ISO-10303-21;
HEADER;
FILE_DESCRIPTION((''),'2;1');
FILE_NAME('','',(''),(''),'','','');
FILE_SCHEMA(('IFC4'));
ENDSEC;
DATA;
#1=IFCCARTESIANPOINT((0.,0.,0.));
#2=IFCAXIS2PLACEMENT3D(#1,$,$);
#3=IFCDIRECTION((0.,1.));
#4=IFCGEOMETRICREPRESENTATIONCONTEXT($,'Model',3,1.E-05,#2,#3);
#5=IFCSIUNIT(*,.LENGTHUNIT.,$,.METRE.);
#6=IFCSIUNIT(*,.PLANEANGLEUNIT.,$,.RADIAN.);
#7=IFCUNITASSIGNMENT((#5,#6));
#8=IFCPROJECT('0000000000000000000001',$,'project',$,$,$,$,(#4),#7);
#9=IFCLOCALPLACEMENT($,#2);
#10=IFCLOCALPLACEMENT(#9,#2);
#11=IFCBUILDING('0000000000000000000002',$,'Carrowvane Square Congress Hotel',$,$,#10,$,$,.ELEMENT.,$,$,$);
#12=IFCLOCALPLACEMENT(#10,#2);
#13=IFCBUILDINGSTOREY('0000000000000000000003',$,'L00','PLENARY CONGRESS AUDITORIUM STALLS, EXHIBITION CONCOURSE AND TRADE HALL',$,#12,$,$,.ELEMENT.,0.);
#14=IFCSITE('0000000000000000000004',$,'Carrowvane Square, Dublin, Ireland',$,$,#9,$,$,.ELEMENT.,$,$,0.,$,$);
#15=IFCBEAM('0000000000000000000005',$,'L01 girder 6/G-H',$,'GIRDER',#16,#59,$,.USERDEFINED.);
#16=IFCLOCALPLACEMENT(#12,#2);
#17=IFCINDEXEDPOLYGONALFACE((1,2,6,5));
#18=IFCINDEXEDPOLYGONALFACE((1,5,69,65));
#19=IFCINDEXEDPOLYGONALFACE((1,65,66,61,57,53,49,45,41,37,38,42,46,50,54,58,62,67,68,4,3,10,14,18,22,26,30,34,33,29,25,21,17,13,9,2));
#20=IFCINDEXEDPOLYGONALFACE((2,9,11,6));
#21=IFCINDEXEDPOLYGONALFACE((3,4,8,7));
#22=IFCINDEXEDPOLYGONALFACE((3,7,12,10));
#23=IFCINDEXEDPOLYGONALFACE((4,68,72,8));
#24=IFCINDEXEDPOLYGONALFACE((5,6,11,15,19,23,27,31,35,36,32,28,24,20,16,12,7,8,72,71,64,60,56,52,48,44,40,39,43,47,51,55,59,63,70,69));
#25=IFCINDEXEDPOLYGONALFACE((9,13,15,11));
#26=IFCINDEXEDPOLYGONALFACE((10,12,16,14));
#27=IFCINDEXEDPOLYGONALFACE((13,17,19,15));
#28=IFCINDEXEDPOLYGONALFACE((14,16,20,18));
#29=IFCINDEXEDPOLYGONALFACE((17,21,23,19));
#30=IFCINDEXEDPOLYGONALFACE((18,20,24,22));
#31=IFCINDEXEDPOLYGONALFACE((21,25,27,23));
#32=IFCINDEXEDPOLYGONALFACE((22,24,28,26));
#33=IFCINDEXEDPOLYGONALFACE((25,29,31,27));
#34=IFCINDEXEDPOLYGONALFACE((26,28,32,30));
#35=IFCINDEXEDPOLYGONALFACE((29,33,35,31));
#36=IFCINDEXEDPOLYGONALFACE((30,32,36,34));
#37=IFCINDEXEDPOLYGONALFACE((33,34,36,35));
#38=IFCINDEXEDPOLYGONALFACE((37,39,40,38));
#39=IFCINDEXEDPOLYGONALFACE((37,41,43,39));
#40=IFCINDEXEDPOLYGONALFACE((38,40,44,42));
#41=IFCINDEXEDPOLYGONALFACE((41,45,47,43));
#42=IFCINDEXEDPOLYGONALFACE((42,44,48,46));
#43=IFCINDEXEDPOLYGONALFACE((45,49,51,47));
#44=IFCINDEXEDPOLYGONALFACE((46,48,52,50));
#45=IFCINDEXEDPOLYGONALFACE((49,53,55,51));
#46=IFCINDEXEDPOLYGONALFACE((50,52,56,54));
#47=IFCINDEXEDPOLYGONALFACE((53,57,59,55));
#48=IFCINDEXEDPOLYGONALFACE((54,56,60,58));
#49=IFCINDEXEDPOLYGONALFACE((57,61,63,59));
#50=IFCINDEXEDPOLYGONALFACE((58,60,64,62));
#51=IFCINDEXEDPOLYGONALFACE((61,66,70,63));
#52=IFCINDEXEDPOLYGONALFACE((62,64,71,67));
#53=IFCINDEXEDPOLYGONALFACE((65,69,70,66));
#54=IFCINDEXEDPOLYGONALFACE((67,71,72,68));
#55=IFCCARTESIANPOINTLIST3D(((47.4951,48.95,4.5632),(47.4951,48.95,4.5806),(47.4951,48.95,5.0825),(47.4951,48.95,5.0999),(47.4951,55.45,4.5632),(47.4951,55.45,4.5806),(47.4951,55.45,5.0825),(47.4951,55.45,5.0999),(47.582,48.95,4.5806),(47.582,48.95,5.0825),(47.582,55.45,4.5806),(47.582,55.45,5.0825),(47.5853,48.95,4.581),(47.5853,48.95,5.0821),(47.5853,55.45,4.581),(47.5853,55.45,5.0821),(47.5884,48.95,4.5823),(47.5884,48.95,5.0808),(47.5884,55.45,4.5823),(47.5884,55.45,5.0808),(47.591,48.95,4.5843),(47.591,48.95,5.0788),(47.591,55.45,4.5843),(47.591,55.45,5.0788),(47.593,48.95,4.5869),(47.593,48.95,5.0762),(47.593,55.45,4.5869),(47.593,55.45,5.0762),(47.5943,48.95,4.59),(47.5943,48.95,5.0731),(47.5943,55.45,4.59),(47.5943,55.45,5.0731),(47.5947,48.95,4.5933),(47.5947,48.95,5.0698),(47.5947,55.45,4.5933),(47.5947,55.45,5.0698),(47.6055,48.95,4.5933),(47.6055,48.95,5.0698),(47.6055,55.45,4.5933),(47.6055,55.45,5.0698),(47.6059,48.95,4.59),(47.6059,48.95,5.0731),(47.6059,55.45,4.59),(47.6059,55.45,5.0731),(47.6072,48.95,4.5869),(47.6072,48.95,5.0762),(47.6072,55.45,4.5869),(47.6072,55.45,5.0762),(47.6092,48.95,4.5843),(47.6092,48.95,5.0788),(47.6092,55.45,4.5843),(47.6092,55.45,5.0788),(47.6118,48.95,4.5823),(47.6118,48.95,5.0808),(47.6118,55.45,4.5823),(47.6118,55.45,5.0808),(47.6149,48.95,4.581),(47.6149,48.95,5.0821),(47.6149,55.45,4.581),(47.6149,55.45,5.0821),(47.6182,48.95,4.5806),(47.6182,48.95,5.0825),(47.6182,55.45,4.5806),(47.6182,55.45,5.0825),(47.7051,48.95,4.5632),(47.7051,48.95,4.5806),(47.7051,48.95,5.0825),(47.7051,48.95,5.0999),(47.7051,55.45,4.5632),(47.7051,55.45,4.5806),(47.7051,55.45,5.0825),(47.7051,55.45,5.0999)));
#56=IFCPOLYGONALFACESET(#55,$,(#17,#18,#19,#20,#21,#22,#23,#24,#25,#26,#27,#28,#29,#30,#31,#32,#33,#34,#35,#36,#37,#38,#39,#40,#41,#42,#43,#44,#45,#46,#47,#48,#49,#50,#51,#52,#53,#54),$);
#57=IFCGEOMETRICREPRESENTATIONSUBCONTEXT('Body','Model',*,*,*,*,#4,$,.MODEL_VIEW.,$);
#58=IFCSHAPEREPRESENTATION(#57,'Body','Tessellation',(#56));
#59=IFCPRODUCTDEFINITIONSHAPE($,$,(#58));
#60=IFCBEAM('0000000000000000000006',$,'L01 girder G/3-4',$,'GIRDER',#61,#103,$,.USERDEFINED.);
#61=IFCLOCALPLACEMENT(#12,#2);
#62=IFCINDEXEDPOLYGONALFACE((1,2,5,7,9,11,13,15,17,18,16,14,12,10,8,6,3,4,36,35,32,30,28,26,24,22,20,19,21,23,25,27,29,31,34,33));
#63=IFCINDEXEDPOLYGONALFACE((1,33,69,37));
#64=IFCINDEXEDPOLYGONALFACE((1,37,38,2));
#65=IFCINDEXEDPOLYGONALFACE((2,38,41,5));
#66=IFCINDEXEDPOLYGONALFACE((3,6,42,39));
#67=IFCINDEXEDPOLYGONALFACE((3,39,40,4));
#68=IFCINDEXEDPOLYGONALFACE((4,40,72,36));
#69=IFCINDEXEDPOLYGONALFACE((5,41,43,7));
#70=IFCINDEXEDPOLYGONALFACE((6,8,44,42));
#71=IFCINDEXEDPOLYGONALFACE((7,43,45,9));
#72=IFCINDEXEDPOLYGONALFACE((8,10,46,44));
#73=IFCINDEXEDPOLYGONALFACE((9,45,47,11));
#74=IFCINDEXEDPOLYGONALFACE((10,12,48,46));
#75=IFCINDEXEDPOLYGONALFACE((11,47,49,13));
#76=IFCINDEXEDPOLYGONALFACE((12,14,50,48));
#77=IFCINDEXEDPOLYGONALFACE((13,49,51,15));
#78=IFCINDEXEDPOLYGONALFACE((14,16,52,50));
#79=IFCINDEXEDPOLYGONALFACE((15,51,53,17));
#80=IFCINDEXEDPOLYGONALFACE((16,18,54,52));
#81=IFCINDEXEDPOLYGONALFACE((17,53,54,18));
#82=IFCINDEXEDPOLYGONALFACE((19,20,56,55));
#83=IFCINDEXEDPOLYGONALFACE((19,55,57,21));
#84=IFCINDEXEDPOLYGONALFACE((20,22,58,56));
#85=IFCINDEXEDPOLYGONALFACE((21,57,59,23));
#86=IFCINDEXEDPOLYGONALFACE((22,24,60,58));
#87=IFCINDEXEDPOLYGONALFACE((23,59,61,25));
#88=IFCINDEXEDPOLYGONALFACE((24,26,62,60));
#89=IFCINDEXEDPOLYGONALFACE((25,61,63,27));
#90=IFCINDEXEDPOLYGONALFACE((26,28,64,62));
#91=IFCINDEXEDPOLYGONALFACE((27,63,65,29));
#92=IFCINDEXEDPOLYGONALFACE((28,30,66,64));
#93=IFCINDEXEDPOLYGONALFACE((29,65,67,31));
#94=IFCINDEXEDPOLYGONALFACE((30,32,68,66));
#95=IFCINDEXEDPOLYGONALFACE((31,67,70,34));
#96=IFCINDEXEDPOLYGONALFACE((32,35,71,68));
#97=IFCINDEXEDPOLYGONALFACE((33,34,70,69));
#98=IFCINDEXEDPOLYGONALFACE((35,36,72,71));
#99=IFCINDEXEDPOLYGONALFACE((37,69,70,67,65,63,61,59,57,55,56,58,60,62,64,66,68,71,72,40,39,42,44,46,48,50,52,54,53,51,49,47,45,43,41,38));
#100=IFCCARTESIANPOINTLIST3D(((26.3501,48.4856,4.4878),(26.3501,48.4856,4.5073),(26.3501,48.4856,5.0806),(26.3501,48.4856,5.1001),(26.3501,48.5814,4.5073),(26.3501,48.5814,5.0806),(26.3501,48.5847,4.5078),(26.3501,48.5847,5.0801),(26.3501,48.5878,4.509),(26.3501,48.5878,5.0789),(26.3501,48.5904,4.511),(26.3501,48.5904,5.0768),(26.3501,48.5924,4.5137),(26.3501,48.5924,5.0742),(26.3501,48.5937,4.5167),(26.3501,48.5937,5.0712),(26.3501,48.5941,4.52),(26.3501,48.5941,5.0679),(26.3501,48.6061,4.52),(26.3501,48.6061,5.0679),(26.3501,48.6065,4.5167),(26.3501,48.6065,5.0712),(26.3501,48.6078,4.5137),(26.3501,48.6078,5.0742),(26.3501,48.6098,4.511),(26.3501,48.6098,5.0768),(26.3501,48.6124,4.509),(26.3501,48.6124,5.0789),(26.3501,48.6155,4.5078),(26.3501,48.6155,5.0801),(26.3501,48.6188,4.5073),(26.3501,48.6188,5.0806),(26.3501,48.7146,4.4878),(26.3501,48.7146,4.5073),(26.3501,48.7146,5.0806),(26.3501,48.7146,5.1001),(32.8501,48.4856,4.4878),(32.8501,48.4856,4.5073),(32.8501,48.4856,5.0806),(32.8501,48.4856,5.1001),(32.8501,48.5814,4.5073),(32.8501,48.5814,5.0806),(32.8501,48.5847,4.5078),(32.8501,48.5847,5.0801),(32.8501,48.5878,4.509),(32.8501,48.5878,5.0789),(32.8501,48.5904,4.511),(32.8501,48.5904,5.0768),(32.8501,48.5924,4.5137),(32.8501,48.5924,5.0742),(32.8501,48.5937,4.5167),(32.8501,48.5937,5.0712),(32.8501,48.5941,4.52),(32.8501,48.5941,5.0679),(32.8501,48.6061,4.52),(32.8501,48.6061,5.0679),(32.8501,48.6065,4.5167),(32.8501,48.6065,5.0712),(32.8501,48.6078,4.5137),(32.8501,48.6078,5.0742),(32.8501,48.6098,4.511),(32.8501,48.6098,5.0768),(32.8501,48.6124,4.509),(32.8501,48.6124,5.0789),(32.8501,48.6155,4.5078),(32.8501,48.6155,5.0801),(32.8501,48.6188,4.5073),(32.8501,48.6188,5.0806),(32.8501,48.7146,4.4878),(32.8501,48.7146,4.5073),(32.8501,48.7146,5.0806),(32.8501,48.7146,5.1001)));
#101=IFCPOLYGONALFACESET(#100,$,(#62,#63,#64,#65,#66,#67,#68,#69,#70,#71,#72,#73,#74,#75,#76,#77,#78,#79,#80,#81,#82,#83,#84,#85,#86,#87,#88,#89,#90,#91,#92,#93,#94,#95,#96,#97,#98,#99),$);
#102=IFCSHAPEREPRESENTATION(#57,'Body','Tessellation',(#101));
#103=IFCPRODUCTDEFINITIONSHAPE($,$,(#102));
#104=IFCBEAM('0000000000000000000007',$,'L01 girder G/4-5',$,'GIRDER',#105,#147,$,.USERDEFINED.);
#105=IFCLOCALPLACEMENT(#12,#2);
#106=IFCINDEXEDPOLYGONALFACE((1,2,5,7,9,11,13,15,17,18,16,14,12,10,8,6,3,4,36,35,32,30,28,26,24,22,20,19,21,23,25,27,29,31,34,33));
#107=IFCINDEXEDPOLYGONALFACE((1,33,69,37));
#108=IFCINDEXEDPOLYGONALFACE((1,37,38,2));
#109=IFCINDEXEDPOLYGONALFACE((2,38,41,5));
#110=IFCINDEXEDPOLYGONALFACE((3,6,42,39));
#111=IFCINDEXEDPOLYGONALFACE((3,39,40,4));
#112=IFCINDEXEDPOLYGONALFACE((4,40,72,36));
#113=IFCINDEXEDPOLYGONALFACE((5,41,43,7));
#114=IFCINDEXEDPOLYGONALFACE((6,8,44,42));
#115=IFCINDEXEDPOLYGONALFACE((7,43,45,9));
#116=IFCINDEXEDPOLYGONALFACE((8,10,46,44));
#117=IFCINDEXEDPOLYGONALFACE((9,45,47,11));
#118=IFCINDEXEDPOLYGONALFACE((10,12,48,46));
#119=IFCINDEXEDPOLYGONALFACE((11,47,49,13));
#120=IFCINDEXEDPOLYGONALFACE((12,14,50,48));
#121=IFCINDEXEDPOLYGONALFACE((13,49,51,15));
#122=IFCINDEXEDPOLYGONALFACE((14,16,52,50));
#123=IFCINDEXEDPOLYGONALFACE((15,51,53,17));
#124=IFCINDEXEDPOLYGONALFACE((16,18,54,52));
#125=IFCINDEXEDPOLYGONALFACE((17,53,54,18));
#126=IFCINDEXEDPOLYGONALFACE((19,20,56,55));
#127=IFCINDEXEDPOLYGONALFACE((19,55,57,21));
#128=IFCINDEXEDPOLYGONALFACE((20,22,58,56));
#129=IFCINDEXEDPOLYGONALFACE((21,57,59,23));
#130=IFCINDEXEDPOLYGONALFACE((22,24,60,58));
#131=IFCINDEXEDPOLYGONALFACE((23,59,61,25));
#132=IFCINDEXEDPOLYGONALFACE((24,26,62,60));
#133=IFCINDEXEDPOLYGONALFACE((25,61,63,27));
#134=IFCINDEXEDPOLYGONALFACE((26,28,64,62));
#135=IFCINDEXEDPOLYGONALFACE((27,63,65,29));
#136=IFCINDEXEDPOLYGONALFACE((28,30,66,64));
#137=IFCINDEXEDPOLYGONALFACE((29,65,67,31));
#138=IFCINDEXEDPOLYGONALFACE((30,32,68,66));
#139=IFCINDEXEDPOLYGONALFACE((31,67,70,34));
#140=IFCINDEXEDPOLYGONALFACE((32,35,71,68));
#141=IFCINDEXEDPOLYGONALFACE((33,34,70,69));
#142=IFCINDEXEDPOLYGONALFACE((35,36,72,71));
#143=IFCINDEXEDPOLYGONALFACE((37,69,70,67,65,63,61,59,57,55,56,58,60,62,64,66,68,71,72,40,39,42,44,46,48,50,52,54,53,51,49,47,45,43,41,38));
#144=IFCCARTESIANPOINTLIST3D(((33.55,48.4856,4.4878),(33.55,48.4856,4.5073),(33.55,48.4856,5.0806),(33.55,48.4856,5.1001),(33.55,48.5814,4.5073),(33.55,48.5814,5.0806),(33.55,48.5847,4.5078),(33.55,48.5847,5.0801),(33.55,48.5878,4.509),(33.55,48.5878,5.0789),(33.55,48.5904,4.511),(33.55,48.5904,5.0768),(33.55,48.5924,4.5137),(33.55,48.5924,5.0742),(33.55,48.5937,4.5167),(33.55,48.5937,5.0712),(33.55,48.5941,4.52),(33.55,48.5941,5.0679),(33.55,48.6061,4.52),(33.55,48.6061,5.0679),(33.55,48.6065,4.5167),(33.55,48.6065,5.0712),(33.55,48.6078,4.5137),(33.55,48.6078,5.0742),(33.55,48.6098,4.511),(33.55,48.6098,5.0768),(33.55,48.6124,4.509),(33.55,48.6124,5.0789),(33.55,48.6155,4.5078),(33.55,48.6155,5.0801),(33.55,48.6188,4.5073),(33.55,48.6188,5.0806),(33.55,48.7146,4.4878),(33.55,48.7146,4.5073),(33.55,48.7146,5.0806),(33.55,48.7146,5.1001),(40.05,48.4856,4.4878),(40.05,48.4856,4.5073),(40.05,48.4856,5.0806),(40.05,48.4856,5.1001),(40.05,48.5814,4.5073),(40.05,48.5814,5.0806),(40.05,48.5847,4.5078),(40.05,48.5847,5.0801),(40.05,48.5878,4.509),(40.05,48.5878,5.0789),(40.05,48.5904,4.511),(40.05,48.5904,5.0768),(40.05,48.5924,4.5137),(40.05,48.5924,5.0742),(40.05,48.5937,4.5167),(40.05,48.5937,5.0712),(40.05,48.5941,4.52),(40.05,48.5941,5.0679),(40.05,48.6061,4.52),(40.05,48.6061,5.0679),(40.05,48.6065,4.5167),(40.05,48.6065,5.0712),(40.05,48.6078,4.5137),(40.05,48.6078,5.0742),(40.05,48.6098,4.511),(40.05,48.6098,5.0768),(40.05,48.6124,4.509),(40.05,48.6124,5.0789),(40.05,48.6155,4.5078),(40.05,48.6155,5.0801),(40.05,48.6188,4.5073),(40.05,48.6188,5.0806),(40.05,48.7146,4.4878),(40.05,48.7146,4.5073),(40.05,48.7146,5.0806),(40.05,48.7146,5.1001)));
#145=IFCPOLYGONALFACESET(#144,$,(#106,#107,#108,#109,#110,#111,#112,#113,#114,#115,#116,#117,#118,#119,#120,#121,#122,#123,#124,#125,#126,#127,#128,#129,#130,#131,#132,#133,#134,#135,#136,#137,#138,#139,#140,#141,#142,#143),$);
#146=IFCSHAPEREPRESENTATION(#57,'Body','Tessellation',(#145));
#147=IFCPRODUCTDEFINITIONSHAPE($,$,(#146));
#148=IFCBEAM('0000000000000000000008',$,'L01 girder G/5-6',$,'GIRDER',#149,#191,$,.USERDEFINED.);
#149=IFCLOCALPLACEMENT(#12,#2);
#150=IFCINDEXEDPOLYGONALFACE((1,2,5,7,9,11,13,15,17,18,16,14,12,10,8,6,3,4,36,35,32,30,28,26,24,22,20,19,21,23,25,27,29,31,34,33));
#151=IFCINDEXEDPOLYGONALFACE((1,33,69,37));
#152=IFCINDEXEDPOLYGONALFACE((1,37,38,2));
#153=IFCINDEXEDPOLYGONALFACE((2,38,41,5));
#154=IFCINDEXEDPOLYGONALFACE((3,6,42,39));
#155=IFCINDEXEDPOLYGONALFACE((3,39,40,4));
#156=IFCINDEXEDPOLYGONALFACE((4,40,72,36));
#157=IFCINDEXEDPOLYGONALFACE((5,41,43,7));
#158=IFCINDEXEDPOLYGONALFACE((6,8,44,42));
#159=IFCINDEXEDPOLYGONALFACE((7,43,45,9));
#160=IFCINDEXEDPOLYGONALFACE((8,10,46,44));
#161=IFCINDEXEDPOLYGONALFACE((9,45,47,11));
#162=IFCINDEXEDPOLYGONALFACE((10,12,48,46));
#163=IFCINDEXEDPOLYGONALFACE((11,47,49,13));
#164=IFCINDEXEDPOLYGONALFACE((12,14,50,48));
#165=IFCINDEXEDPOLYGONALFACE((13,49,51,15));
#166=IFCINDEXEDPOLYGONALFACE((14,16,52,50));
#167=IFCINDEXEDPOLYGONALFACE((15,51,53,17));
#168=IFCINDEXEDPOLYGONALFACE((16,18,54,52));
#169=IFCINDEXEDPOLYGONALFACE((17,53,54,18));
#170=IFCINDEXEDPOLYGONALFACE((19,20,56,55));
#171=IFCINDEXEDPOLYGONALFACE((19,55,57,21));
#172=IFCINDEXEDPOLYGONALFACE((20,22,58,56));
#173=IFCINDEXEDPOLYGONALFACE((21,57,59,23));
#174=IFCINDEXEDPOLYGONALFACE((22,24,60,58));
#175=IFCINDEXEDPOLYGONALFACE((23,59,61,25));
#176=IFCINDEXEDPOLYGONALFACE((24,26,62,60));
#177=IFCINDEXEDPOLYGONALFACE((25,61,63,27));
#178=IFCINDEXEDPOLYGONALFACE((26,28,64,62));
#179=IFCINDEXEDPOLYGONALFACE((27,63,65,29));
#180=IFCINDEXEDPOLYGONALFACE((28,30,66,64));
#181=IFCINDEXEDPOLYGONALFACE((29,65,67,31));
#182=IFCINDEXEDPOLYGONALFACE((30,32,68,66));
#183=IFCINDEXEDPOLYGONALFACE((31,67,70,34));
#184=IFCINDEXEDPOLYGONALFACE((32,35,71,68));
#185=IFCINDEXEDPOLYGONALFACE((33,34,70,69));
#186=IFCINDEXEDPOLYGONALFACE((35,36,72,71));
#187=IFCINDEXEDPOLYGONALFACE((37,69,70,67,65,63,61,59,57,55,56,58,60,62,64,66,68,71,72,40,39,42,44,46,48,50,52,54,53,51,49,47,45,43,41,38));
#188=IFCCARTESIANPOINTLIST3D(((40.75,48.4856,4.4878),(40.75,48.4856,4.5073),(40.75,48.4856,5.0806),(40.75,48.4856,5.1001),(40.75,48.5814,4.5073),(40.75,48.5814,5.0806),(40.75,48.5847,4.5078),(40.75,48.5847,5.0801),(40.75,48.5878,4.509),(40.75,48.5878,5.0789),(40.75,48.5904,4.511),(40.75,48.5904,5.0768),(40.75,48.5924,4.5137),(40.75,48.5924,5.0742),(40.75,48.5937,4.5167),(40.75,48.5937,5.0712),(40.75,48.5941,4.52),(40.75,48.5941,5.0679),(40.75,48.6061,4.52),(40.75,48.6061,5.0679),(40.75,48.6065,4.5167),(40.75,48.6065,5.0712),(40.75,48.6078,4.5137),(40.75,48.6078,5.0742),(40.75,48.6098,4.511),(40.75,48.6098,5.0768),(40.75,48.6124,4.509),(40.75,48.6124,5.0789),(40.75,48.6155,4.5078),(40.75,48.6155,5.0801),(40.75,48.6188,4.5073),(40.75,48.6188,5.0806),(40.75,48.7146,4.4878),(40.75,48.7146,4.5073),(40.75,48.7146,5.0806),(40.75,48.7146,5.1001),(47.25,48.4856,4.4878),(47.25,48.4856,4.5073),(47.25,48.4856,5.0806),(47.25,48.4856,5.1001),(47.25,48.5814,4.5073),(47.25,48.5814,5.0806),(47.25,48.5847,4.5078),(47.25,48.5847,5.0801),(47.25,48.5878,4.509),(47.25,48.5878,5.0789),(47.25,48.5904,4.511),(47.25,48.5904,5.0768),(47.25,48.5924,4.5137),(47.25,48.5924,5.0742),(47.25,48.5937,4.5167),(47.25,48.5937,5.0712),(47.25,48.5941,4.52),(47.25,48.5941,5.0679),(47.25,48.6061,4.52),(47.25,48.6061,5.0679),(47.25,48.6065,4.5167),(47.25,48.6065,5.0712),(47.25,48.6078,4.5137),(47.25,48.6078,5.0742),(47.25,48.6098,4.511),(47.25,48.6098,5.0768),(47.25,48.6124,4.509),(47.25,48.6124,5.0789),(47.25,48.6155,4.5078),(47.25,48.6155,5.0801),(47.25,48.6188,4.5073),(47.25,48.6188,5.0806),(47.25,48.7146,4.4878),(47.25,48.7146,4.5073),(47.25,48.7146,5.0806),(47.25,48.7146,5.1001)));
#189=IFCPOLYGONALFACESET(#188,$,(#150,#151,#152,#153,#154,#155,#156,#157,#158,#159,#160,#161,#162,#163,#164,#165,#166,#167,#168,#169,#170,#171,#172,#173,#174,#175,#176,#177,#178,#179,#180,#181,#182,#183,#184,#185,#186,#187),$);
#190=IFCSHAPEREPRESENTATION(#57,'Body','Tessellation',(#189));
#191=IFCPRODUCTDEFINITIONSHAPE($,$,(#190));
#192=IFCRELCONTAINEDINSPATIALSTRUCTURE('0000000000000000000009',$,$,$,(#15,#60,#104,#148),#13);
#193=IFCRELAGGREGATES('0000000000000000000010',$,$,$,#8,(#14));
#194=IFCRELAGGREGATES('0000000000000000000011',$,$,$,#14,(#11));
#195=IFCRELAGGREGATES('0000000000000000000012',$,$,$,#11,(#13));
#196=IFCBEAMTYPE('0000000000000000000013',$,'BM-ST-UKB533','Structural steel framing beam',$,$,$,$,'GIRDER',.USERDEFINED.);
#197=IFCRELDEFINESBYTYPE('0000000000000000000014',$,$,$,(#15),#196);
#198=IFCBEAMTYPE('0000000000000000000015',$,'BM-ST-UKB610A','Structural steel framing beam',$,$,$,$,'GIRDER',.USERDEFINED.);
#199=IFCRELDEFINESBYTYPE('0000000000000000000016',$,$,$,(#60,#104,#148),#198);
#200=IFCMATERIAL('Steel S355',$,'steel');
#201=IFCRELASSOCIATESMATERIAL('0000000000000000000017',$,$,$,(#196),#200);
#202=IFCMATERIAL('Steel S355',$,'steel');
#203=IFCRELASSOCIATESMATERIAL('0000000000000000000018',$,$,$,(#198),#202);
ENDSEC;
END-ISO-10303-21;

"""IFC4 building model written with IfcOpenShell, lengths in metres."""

from ifc_helpers import new_model, si_unit, direction, frame, origin, origin_2d, place, context, subcontext, project, spatial, i_section, extrude, material, material_profile, profile_set, type_object, element, save


model = new_model("IFC4")

# Units and contexts
model_context = context("Model", 3, precision=1e-05, world=origin(), true_north=direction((0.0, 1.0)))
body_context = subcontext(model_context, "Body", "Model", "MODEL_VIEW")
ifc_project = project(units=[si_unit("LENGTHUNIT", "METRE"), si_unit("PLANEANGLEUNIT", "RADIAN")], contexts=[model_context])

# Site, building, storey
site_placement = place(None, origin())
site = spatial("IfcSite", under=ifc_project, at=site_placement, Name="Carrowvane Square, Dublin, Ireland", CompositionType="ELEMENT", RefElevation=0.0)
building_placement = place(site_placement, origin())
building = spatial("IfcBuilding", under=site, at=building_placement, Name="Carrowvane Square Congress Hotel", CompositionType="ELEMENT")
storey_placement = place(building_placement, origin())
storey = spatial("IfcBuildingStorey", under=building, at=storey_placement, Name="L00", Description="PLENARY CONGRESS AUDITORIUM STALLS, EXHIBITION CONCOURSE AND TRADE HALL", CompositionType="ELEMENT", Elevation=0.0)

# Beams
ifc_material_1 = material(Name="Steel S355", Category="steel")
ifc_material_profile_1 = material_profile(ifc_material_1, i_section(OverallWidth=0.21, OverallDepth=0.5366, WebThickness=0.0107, FlangeThickness=0.0173, FilletRadius=0.0127, at=origin_2d()), Name="UKB 533x210x101")
ifc_profile_set_1 = profile_set([ifc_material_profile_1], Name="Steel S355")
beam_type_1 = type_object("IfcBeamType", Name="BM-ST-UKB533", Description="Structural steel framing beam", ElementType="GIRDER", PredefinedType="USERDEFINED", material=ifc_profile_set_1)
for number, where, z_axis, x_axis, name in (
    (1, (47.6001, 48.95, 4.8315), (0.0, 1.0, 0.0), (-1.0, 0.0, 0.0), "L01 girder 6/G-H"),
):
    element("IfcBeam", number, at=place(storey_placement, frame(where, z_axis=z_axis, x_axis=x_axis)), inside=storey, type_object=beam_type_1, Name=name, ObjectType="GIRDER", PredefinedType="USERDEFINED", context=body_context, shape_type="SweptSolid", body=[
        extrude(i_section(OverallWidth=0.21, OverallDepth=0.5366, WebThickness=0.0107, FlangeThickness=0.0173, FilletRadius=0.0127, at=origin_2d()), origin(), (0.0, 0.0, 1.0), 6.5),
    ])
ifc_material_2 = material(Name="Steel S355", Category="steel")
ifc_material_profile_2 = material_profile(ifc_material_2, i_section(OverallWidth=0.229, OverallDepth=0.6123, WebThickness=0.012, FlangeThickness=0.0195, FilletRadius=0.0127, at=origin_2d()), Name="UKB 610x229x125")
ifc_profile_set_2 = profile_set([ifc_material_profile_2], Name="Steel S355")
beam_type_2 = type_object("IfcBeamType", Name="BM-ST-UKB610A", Description="Structural steel framing beam", ElementType="GIRDER", PredefinedType="USERDEFINED", material=ifc_profile_set_2)
for number, where, z_axis, x_axis, name in (
    (2, (26.3501, 48.6001, 4.7939), (1.0, 0.0, 0.0), (0.0, 1.0, 0.0), "L01 girder G/3-4"),
    (3, (33.55, 48.6001, 4.7939), (1.0, 0.0, 0.0), (0.0, 1.0, 0.0), "L01 girder G/4-5"),
    (4, (40.75, 48.6001, 4.7939), (1.0, 0.0, 0.0), (0.0, 1.0, 0.0), "L01 girder G/5-6"),
):
    element("IfcBeam", number, at=place(storey_placement, frame(where, z_axis=z_axis, x_axis=x_axis)), inside=storey, type_object=beam_type_2, Name=name, ObjectType="GIRDER", PredefinedType="USERDEFINED", context=body_context, shape_type="SweptSolid", body=[
        extrude(i_section(OverallWidth=0.229, OverallDepth=0.6123, WebThickness=0.012, FlangeThickness=0.0195, FilletRadius=0.0127, at=origin_2d()), origin(), (0.0, 0.0, 1.0), 6.5),
    ])

save(model, "model.ifc")
